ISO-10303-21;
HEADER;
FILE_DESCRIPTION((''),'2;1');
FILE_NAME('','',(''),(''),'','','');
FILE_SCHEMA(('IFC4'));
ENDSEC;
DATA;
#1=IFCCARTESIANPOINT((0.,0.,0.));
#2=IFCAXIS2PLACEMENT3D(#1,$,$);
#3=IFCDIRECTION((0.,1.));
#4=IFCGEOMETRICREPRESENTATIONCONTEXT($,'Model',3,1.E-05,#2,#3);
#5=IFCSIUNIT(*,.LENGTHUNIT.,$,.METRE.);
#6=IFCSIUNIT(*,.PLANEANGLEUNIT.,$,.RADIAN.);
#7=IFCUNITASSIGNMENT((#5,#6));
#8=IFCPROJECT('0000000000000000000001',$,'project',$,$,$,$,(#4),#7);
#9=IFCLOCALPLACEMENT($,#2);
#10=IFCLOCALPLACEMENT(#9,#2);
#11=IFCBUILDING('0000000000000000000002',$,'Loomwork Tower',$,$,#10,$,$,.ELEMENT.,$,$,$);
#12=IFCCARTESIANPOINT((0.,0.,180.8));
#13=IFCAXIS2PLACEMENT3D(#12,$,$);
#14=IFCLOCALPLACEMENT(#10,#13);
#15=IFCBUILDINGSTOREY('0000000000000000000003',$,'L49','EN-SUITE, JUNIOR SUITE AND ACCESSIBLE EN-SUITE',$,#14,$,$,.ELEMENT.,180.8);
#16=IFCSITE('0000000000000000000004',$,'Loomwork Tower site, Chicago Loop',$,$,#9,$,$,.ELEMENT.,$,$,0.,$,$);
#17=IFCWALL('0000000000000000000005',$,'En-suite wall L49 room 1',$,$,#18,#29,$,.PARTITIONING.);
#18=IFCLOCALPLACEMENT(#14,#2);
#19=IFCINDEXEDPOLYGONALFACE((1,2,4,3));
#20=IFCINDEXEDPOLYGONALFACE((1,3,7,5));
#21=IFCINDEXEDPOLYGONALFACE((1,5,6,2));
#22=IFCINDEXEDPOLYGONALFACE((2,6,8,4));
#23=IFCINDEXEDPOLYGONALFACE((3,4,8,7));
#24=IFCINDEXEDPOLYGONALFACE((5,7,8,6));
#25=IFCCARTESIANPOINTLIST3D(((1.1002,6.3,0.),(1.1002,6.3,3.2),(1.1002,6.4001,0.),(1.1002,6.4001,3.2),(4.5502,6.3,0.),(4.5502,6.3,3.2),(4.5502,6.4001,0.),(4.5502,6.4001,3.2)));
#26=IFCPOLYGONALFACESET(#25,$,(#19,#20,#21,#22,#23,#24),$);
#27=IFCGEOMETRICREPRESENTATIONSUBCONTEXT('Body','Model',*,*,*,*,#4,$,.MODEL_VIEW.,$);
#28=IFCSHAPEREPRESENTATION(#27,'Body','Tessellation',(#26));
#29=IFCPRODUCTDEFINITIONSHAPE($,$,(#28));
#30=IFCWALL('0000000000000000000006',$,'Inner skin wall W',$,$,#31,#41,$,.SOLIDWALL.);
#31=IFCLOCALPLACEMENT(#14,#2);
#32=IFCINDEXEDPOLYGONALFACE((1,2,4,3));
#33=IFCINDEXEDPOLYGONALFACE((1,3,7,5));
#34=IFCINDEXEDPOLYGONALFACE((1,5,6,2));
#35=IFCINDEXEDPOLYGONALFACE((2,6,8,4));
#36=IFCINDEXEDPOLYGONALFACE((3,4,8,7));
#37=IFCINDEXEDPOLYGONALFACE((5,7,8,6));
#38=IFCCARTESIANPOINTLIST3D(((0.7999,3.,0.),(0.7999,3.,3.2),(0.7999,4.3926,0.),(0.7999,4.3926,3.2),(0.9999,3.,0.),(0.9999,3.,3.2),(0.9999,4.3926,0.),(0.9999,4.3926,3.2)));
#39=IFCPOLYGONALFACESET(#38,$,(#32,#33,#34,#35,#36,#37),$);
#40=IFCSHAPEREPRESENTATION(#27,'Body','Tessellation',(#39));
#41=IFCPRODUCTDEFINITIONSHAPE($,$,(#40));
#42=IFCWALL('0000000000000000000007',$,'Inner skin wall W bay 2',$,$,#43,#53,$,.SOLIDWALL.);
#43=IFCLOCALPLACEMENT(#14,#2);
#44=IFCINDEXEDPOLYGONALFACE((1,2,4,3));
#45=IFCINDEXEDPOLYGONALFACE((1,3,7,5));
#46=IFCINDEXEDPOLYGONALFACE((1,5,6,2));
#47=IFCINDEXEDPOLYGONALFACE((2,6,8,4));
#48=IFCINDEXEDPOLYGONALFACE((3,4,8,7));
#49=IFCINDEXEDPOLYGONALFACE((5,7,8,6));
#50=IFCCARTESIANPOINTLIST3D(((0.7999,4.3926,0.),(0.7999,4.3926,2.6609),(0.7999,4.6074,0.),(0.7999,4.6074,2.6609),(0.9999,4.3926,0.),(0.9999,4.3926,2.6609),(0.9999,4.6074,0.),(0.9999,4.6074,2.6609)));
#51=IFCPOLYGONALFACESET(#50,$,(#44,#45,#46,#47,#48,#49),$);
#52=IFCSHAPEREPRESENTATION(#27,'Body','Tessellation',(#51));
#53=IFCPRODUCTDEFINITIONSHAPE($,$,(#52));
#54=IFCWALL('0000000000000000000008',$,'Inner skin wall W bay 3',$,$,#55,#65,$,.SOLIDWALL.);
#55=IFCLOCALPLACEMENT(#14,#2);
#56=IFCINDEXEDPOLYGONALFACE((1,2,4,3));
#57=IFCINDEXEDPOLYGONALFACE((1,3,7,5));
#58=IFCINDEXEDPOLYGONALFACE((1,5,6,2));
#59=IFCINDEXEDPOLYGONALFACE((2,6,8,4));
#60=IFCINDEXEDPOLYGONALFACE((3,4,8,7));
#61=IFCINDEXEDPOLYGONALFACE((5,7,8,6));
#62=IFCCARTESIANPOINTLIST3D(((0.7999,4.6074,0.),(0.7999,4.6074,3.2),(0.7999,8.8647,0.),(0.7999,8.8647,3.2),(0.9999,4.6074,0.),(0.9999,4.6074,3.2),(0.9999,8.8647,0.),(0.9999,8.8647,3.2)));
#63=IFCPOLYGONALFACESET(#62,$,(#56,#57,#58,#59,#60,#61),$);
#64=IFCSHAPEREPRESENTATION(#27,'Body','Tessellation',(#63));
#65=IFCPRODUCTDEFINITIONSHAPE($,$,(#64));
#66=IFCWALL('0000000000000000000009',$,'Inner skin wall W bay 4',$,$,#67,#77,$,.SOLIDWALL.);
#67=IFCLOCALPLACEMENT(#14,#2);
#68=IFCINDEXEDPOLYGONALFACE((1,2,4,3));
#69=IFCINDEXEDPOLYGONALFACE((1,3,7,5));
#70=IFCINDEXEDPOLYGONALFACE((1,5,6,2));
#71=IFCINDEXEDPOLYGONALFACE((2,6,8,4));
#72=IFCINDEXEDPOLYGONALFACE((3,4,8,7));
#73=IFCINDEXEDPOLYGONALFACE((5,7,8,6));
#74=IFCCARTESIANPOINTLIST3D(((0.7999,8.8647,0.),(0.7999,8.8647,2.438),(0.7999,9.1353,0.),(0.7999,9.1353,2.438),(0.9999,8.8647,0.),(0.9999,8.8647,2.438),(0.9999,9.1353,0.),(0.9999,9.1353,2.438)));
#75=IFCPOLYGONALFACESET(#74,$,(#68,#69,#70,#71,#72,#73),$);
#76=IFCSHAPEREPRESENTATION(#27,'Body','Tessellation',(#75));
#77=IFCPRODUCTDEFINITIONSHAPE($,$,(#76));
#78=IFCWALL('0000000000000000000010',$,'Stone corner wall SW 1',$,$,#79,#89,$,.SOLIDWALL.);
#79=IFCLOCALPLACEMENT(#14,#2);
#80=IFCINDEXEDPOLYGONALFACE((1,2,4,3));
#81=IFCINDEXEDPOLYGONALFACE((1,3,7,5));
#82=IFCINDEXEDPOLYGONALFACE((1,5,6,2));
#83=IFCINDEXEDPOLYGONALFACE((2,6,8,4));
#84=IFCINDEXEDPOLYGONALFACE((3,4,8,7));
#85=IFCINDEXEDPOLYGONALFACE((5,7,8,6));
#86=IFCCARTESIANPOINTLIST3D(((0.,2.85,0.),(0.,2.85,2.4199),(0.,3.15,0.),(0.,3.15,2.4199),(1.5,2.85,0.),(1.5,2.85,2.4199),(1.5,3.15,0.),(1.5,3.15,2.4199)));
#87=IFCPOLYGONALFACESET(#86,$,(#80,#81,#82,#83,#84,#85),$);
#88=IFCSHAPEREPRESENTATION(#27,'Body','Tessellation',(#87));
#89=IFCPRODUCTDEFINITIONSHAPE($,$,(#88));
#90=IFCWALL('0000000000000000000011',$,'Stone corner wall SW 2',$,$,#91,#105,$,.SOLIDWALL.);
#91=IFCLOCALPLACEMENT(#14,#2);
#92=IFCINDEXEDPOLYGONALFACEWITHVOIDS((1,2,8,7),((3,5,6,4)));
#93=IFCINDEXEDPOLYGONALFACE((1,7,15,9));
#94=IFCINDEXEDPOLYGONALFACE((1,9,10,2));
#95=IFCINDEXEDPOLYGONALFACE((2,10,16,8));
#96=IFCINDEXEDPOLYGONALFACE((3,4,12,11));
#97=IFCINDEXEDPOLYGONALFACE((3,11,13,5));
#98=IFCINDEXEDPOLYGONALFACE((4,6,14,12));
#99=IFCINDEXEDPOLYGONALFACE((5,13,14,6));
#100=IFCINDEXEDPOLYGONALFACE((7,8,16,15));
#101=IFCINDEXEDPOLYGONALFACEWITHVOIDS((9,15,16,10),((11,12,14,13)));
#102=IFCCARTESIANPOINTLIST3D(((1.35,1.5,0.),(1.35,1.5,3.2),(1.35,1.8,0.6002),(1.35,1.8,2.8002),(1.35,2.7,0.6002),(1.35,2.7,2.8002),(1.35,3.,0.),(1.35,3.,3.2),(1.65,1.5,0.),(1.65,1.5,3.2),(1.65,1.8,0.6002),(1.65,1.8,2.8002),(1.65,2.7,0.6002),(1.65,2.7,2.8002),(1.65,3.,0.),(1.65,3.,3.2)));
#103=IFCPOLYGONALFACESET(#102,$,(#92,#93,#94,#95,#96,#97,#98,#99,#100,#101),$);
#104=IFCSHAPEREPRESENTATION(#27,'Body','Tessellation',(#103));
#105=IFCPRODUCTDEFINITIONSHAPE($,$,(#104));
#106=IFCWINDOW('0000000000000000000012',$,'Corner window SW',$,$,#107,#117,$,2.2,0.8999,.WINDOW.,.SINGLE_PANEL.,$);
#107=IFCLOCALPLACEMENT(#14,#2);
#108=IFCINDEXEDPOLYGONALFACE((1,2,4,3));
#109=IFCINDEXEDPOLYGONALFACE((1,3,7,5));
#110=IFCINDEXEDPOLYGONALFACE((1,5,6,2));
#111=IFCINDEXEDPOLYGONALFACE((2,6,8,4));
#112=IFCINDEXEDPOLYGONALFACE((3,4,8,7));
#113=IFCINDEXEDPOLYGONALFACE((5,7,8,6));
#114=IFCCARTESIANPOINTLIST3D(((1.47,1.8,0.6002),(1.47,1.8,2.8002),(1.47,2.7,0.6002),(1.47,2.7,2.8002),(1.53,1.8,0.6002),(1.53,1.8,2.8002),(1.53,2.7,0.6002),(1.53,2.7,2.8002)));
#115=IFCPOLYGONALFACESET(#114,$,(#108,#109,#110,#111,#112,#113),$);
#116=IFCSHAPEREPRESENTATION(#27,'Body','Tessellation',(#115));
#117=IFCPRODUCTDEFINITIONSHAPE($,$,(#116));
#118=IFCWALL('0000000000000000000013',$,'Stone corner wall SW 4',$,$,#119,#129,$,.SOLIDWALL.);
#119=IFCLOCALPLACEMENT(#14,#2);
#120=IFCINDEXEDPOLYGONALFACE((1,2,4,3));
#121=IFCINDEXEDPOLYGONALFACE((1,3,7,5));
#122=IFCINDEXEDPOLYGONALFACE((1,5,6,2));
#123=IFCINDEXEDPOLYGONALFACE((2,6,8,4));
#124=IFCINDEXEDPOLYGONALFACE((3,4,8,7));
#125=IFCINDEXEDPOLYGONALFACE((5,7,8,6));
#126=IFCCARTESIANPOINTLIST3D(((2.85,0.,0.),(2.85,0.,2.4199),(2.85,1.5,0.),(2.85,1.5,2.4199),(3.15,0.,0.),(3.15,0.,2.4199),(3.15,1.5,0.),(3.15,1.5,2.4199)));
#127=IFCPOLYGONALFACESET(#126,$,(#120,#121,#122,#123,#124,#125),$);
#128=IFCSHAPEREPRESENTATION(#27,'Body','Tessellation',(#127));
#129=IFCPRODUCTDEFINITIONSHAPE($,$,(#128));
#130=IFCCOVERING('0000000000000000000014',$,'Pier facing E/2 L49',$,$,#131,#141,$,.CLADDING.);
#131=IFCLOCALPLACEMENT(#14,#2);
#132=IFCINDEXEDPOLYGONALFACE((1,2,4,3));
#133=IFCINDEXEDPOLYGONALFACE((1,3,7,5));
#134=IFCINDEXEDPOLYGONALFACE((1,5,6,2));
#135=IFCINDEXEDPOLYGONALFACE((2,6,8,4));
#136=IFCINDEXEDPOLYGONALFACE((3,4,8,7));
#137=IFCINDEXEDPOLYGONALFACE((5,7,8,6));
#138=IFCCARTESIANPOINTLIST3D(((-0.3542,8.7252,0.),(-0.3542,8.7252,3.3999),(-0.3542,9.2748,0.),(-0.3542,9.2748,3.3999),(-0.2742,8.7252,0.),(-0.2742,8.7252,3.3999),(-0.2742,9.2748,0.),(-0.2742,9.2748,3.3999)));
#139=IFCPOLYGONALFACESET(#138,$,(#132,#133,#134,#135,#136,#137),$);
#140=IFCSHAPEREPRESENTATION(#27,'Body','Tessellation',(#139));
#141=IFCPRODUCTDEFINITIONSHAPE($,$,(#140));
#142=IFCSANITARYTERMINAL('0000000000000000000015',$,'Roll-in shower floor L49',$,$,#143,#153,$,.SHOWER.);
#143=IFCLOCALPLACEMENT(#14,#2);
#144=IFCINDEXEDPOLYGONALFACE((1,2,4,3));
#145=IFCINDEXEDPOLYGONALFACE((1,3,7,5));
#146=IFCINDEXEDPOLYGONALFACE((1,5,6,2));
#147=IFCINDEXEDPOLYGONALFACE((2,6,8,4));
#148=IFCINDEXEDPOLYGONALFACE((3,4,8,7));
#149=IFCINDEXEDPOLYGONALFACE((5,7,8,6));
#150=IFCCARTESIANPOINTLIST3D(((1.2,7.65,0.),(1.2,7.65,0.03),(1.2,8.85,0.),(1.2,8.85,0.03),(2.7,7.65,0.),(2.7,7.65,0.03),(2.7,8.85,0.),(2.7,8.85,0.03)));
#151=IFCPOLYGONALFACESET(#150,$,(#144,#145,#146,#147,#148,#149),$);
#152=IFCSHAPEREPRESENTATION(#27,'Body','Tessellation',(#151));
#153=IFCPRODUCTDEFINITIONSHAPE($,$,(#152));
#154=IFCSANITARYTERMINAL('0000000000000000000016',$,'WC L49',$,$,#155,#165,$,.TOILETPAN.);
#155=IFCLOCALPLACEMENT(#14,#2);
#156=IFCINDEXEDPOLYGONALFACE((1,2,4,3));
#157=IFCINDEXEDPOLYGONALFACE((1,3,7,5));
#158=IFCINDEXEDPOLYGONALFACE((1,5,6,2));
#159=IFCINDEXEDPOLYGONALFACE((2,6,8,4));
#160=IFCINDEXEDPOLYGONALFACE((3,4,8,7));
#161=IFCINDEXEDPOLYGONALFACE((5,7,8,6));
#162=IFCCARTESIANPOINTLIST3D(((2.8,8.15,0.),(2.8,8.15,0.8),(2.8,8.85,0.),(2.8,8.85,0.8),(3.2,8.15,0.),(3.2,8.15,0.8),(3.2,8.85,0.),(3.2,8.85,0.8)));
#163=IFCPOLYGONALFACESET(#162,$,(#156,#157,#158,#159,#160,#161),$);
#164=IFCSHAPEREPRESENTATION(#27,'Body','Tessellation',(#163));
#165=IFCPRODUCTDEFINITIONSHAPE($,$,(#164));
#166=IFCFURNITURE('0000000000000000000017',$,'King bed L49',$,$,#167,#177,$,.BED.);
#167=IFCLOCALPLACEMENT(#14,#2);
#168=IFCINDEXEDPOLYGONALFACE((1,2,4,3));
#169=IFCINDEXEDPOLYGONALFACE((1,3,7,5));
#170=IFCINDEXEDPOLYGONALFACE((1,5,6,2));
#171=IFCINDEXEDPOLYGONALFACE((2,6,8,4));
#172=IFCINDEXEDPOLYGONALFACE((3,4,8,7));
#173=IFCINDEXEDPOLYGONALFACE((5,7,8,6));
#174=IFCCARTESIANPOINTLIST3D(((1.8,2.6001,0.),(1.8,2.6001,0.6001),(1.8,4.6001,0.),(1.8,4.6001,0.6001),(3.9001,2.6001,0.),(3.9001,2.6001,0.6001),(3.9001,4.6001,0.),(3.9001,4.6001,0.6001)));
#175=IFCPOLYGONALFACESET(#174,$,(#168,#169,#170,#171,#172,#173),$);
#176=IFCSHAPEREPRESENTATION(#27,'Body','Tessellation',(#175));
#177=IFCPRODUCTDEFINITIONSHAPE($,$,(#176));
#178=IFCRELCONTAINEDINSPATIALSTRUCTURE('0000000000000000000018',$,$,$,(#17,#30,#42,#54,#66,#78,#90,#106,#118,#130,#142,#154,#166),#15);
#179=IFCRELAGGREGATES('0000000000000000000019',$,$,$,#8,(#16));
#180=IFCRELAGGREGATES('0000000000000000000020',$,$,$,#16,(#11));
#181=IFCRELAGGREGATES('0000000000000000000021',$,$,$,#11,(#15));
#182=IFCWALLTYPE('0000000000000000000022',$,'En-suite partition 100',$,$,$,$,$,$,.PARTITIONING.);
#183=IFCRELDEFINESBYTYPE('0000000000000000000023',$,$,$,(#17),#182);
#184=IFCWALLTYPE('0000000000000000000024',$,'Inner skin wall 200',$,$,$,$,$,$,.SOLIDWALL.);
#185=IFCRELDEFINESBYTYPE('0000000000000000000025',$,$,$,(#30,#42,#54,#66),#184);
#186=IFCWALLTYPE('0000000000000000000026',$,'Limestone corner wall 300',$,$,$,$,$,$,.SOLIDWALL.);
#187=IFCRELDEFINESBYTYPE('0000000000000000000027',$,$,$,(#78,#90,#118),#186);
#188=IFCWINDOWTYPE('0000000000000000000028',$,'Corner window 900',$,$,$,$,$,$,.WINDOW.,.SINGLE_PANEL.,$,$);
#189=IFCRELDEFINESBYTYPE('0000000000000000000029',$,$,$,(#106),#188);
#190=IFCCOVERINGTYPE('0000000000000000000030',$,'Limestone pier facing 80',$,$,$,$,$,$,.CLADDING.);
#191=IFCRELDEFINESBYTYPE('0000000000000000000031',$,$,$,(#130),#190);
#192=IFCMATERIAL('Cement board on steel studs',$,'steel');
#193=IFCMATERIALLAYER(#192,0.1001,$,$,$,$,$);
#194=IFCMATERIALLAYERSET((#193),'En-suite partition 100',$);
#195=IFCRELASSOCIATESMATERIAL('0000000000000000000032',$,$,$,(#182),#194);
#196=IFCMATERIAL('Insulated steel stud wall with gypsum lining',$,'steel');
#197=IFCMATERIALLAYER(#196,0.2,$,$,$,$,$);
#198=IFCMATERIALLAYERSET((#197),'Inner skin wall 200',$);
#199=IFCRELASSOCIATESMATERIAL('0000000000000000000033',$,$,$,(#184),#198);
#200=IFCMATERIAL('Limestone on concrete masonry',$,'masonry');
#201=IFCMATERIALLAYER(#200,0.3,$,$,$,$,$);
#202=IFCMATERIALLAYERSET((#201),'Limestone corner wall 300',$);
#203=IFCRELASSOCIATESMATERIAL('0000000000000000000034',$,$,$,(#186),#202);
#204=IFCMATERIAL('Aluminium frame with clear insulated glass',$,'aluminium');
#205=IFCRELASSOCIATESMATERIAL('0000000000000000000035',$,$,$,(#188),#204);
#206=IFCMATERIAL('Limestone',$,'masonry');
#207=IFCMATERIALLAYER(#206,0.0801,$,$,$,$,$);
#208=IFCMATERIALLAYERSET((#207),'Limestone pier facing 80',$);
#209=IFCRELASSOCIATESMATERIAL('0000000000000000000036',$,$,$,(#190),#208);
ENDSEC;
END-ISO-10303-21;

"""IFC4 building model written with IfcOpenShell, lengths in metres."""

from ifc_helpers import new_model, si_unit, direction, frame, frame_2d, origin, origin_2d, place, context, subcontext, project, spatial, rectangle, extrude, material, layer, layer_set, type_object, element, fill, save


model = new_model("IFC4")

# Units and contexts
model_context = context("Model", 3, precision=1e-05, world=origin(), true_north=direction((0.0, 1.0)))
body_context = subcontext(model_context, "Body", "Model", "MODEL_VIEW")
ifc_project = project(units=[si_unit("LENGTHUNIT", "METRE"), si_unit("PLANEANGLEUNIT", "RADIAN")], contexts=[model_context])

# Site, building, storey
site_placement = place(None, origin())
site = spatial("IfcSite", under=ifc_project, at=site_placement, Name="Loomwork Tower site, Chicago Loop", CompositionType="ELEMENT", RefElevation=0.0)
building_placement = place(site_placement, origin())
building = spatial("IfcBuilding", under=site, at=building_placement, Name="Loomwork Tower", CompositionType="ELEMENT")
storey_placement = place(building_placement, frame((0.0, 0.0, 180.8)))
storey = spatial("IfcBuildingStorey", under=building, at=storey_placement, Name="L49", Description="EN-SUITE, JUNIOR SUITE AND ACCESSIBLE EN-SUITE", CompositionType="ELEMENT", Elevation=180.8)

# Walls
ifc_material_1 = material(Name="Cement board on steel studs", Category="steel")
ifc_layer_1 = layer(ifc_material_1, 0.1001)
ifc_layer_set_1 = layer_set([ifc_layer_1], Name="En-suite partition 100")
wall_type_1 = type_object("IfcWallType", Name="En-suite partition 100", PredefinedType="PARTITIONING", material=ifc_layer_set_1)
wall_1_placement = place(storey_placement, frame((1.1001, 6.3501, 0.0), z_axis=(0.0, 0.0, 1.0), x_axis=(1.0, 0.0, 0.0)))
element("IfcWall", 1, at=wall_1_placement, inside=storey, type_object=wall_type_1, Name="En-suite wall L49 room 1", PredefinedType="PARTITIONING", context=body_context, shape_type="SweptSolid", body=[
    extrude(rectangle(XDim=3.45, YDim=0.1001, at=frame_2d((1.7251, 0.0))), origin(), (0.0, 0.0, 1.0), 3.2),
])
ifc_material_2 = material(Name="Insulated steel stud wall with gypsum lining", Category="steel")
ifc_layer_2 = layer(ifc_material_2, 0.2)
ifc_layer_set_2 = layer_set([ifc_layer_2], Name="Inner skin wall 200")
wall_type_2 = type_object("IfcWallType", Name="Inner skin wall 200", PredefinedType="SOLIDWALL", material=ifc_layer_set_2)
wall_2_placement = place(storey_placement, frame((0.8999, 3.0, 0.0), z_axis=(0.0, 0.0, 1.0), x_axis=(0.0, 1.0, 0.0)))
element("IfcWall", 2, at=wall_2_placement, inside=storey, type_object=wall_type_2, Name="Inner skin wall W", PredefinedType="SOLIDWALL", context=body_context, shape_type="SweptSolid", body=[
    extrude(rectangle(XDim=1.3926, YDim=0.2, at=frame_2d((0.6963, 0.0))), origin(), (0.0, 0.0, 1.0), 3.2),
])
wall_3_placement = place(storey_placement, frame((0.8999, 4.3926, 0.0), z_axis=(0.0, 0.0, 1.0), x_axis=(0.0, 1.0, 0.0)))
element("IfcWall", 3, at=wall_3_placement, inside=storey, type_object=wall_type_2, Name="Inner skin wall W bay 2", PredefinedType="SOLIDWALL", context=body_context, shape_type="SweptSolid", body=[
    extrude(rectangle(XDim=0.2148, YDim=0.2, at=frame_2d((0.1074, 0.0))), origin(), (0.0, 0.0, 1.0), 2.6609),
])
wall_4_placement = place(storey_placement, frame((0.8999, 4.6074, 0.0), z_axis=(0.0, 0.0, 1.0), x_axis=(0.0, 1.0, 0.0)))
element("IfcWall", 4, at=wall_4_placement, inside=storey, type_object=wall_type_2, Name="Inner skin wall W bay 3", PredefinedType="SOLIDWALL", context=body_context, shape_type="SweptSolid", body=[
    extrude(rectangle(XDim=4.2573, YDim=0.2, at=frame_2d((2.1287, 0.0))), origin(), (0.0, 0.0, 1.0), 3.2),
])
wall_5_placement = place(storey_placement, frame((0.8999, 8.8647, 0.0), z_axis=(0.0, 0.0, 1.0), x_axis=(0.0, 1.0, 0.0)))
element("IfcWall", 5, at=wall_5_placement, inside=storey, type_object=wall_type_2, Name="Inner skin wall W bay 4", PredefinedType="SOLIDWALL", context=body_context, shape_type="SweptSolid", body=[
    extrude(rectangle(XDim=0.2705, YDim=0.2, at=frame_2d((0.1353, 0.0))), origin(), (0.0, 0.0, 1.0), 2.438),
])
ifc_material_3 = material(Name="Limestone on concrete masonry", Category="masonry")
ifc_layer_3 = layer(ifc_material_3, 0.3)
ifc_layer_set_3 = layer_set([ifc_layer_3], Name="Limestone corner wall 300")
wall_type_3 = type_object("IfcWallType", Name="Limestone corner wall 300", PredefinedType="SOLIDWALL", material=ifc_layer_set_3)
wall_6_placement = place(storey_placement, frame((0.0, 3.0, 0.0), z_axis=(0.0, 0.0, 1.0), x_axis=(1.0, 0.0, 0.0)))
element("IfcWall", 6, at=wall_6_placement, inside=storey, type_object=wall_type_3, Name="Stone corner wall SW 1", PredefinedType="SOLIDWALL", context=body_context, shape_type="SweptSolid", body=[
    extrude(rectangle(XDim=1.5, YDim=0.3, at=frame_2d((0.75, 0.0))), origin(), (0.0, 0.0, 1.0), 2.4199),
])

# Wall, opening, window
wall_7_placement = place(storey_placement, frame((1.5, 3.0, 0.0), z_axis=(0.0, 0.0, 1.0), x_axis=(0.0, -1.0, 0.0)))
wall_7 = element("IfcWall", 7, at=wall_7_placement, inside=storey, type_object=wall_type_3, Name="Stone corner wall SW 2", PredefinedType="SOLIDWALL", context=body_context, shape_type="SweptSolid", body=[
    extrude(rectangle(XDim=1.5, YDim=0.3, at=frame_2d((0.75, 0.0))), origin(), (0.0, 0.0, 1.0), 3.2),
])
opening_placement = place(wall_7_placement, frame((0.3, 0.0, 0.6001)))
opening = element("IfcOpeningElement", 8, at=opening_placement, cuts=wall_7, PredefinedType="OPENING", context=body_context, shape_type="SweptSolid", body=[
    extrude(rectangle(XDim=0.8999, YDim=2.2, at=frame_2d((0.45, 1.1001))), frame((0.0, 0.1599, 0.0), z_axis=(0.0, -1.0, 0.0), x_axis=(1.0, 0.0, 0.0)), (0.0, 0.0, 1.0), 0.3201),
])
ifc_material_4 = material(Name="Aluminium frame with clear insulated glass", Category="aluminium")
window_type = type_object("IfcWindowType", Name="Corner window 900", PartitioningType="SINGLE_PANEL", PredefinedType="WINDOW", material=ifc_material_4)
window_placement = place(opening_placement, origin())
window = element("IfcWindow", 9, at=window_placement, inside=storey, type_object=window_type, Name="Corner window SW", OverallHeight=2.2, OverallWidth=0.8999, PartitioningType="SINGLE_PANEL", PredefinedType="WINDOW", context=body_context, shape_type="SweptSolid", body=[
    extrude(rectangle(XDim=0.8999, YDim=2.2, at=frame_2d((0.45, 1.1001))), frame((0.0, 0.03, 0.0), z_axis=(0.0, -1.0, 0.0), x_axis=(1.0, 0.0, 0.0)), (0.0, 0.0, 1.0), 0.0601),
])
fill(opening, window)

# Wall
wall_8_placement = place(storey_placement, frame((3.0, 1.5, 0.0), z_axis=(0.0, 0.0, 1.0), x_axis=(0.0, -1.0, 0.0)))
element("IfcWall", 10, at=wall_8_placement, inside=storey, type_object=wall_type_3, Name="Stone corner wall SW 4", PredefinedType="SOLIDWALL", context=body_context, shape_type="SweptSolid", body=[
    extrude(rectangle(XDim=1.5, YDim=0.3, at=frame_2d((0.75, 0.0))), origin(), (0.0, 0.0, 1.0), 2.4199),
])

# Covering
ifc_material_5 = material(Name="Limestone", Category="masonry")
ifc_layer_4 = layer(ifc_material_5, 0.0801)
ifc_layer_set_4 = layer_set([ifc_layer_4], Name="Limestone pier facing 80")
covering_type = type_object("IfcCoveringType", Name="Limestone pier facing 80", PredefinedType="CLADDING", material=ifc_layer_set_4)
covering_placement = place(storey_placement, frame((-0.3142, 9.0, 0.0), z_axis=(0.0, 0.0, 1.0), x_axis=(1.0, 0.0, 0.0)))
element("IfcCovering", 11, at=covering_placement, inside=storey, type_object=covering_type, Name="Pier facing E/2 L49", PredefinedType="CLADDING", context=body_context, shape_type="SweptSolid", body=[
    extrude(rectangle(XDim=0.0801, YDim=0.5496, at=origin_2d()), origin(), (0.0, 0.0, 1.0), 3.3999),
])

# Sanitary terminals
sanitary_terminal_1_placement = place(storey_placement, frame((1.95, 8.25, 0.0), z_axis=(0.0, 0.0, 1.0), x_axis=(1.0, 0.0, 0.0)))
element("IfcSanitaryTerminal", 12, at=sanitary_terminal_1_placement, inside=storey, Name="Roll-in shower floor L49", PredefinedType="SHOWER", context=body_context, shape_type="SweptSolid", body=[
    extrude(rectangle(XDim=1.5, YDim=1.2, at=origin_2d()), origin(), (0.0, 0.0, 1.0), 0.03),
])
sanitary_terminal_2_placement = place(storey_placement, frame((3.0, 8.5, 0.0), z_axis=(0.0, 0.0, 1.0), x_axis=(1.0, 0.0, 0.0)))
element("IfcSanitaryTerminal", 13, at=sanitary_terminal_2_placement, inside=storey, Name="WC L49", PredefinedType="TOILETPAN", context=body_context, shape_type="SweptSolid", body=[
    extrude(rectangle(XDim=0.3999, YDim=0.7, at=origin_2d()), origin(), (0.0, 0.0, 1.0), 0.8),
])

# Furniture
furniture_placement = place(storey_placement, frame((2.8501, 3.6001, 0.0), z_axis=(0.0, 0.0, 1.0), x_axis=(1.0, 0.0, 0.0)))
element("IfcFurniture", 14, at=furniture_placement, inside=storey, Name="King bed L49", PredefinedType="BED", context=body_context, shape_type="SweptSolid", body=[
    extrude(rectangle(XDim=2.1001, YDim=2.0, at=origin_2d()), origin(), (0.0, 0.0, 1.0), 0.6001),
])

save(model, "model.ifc")
